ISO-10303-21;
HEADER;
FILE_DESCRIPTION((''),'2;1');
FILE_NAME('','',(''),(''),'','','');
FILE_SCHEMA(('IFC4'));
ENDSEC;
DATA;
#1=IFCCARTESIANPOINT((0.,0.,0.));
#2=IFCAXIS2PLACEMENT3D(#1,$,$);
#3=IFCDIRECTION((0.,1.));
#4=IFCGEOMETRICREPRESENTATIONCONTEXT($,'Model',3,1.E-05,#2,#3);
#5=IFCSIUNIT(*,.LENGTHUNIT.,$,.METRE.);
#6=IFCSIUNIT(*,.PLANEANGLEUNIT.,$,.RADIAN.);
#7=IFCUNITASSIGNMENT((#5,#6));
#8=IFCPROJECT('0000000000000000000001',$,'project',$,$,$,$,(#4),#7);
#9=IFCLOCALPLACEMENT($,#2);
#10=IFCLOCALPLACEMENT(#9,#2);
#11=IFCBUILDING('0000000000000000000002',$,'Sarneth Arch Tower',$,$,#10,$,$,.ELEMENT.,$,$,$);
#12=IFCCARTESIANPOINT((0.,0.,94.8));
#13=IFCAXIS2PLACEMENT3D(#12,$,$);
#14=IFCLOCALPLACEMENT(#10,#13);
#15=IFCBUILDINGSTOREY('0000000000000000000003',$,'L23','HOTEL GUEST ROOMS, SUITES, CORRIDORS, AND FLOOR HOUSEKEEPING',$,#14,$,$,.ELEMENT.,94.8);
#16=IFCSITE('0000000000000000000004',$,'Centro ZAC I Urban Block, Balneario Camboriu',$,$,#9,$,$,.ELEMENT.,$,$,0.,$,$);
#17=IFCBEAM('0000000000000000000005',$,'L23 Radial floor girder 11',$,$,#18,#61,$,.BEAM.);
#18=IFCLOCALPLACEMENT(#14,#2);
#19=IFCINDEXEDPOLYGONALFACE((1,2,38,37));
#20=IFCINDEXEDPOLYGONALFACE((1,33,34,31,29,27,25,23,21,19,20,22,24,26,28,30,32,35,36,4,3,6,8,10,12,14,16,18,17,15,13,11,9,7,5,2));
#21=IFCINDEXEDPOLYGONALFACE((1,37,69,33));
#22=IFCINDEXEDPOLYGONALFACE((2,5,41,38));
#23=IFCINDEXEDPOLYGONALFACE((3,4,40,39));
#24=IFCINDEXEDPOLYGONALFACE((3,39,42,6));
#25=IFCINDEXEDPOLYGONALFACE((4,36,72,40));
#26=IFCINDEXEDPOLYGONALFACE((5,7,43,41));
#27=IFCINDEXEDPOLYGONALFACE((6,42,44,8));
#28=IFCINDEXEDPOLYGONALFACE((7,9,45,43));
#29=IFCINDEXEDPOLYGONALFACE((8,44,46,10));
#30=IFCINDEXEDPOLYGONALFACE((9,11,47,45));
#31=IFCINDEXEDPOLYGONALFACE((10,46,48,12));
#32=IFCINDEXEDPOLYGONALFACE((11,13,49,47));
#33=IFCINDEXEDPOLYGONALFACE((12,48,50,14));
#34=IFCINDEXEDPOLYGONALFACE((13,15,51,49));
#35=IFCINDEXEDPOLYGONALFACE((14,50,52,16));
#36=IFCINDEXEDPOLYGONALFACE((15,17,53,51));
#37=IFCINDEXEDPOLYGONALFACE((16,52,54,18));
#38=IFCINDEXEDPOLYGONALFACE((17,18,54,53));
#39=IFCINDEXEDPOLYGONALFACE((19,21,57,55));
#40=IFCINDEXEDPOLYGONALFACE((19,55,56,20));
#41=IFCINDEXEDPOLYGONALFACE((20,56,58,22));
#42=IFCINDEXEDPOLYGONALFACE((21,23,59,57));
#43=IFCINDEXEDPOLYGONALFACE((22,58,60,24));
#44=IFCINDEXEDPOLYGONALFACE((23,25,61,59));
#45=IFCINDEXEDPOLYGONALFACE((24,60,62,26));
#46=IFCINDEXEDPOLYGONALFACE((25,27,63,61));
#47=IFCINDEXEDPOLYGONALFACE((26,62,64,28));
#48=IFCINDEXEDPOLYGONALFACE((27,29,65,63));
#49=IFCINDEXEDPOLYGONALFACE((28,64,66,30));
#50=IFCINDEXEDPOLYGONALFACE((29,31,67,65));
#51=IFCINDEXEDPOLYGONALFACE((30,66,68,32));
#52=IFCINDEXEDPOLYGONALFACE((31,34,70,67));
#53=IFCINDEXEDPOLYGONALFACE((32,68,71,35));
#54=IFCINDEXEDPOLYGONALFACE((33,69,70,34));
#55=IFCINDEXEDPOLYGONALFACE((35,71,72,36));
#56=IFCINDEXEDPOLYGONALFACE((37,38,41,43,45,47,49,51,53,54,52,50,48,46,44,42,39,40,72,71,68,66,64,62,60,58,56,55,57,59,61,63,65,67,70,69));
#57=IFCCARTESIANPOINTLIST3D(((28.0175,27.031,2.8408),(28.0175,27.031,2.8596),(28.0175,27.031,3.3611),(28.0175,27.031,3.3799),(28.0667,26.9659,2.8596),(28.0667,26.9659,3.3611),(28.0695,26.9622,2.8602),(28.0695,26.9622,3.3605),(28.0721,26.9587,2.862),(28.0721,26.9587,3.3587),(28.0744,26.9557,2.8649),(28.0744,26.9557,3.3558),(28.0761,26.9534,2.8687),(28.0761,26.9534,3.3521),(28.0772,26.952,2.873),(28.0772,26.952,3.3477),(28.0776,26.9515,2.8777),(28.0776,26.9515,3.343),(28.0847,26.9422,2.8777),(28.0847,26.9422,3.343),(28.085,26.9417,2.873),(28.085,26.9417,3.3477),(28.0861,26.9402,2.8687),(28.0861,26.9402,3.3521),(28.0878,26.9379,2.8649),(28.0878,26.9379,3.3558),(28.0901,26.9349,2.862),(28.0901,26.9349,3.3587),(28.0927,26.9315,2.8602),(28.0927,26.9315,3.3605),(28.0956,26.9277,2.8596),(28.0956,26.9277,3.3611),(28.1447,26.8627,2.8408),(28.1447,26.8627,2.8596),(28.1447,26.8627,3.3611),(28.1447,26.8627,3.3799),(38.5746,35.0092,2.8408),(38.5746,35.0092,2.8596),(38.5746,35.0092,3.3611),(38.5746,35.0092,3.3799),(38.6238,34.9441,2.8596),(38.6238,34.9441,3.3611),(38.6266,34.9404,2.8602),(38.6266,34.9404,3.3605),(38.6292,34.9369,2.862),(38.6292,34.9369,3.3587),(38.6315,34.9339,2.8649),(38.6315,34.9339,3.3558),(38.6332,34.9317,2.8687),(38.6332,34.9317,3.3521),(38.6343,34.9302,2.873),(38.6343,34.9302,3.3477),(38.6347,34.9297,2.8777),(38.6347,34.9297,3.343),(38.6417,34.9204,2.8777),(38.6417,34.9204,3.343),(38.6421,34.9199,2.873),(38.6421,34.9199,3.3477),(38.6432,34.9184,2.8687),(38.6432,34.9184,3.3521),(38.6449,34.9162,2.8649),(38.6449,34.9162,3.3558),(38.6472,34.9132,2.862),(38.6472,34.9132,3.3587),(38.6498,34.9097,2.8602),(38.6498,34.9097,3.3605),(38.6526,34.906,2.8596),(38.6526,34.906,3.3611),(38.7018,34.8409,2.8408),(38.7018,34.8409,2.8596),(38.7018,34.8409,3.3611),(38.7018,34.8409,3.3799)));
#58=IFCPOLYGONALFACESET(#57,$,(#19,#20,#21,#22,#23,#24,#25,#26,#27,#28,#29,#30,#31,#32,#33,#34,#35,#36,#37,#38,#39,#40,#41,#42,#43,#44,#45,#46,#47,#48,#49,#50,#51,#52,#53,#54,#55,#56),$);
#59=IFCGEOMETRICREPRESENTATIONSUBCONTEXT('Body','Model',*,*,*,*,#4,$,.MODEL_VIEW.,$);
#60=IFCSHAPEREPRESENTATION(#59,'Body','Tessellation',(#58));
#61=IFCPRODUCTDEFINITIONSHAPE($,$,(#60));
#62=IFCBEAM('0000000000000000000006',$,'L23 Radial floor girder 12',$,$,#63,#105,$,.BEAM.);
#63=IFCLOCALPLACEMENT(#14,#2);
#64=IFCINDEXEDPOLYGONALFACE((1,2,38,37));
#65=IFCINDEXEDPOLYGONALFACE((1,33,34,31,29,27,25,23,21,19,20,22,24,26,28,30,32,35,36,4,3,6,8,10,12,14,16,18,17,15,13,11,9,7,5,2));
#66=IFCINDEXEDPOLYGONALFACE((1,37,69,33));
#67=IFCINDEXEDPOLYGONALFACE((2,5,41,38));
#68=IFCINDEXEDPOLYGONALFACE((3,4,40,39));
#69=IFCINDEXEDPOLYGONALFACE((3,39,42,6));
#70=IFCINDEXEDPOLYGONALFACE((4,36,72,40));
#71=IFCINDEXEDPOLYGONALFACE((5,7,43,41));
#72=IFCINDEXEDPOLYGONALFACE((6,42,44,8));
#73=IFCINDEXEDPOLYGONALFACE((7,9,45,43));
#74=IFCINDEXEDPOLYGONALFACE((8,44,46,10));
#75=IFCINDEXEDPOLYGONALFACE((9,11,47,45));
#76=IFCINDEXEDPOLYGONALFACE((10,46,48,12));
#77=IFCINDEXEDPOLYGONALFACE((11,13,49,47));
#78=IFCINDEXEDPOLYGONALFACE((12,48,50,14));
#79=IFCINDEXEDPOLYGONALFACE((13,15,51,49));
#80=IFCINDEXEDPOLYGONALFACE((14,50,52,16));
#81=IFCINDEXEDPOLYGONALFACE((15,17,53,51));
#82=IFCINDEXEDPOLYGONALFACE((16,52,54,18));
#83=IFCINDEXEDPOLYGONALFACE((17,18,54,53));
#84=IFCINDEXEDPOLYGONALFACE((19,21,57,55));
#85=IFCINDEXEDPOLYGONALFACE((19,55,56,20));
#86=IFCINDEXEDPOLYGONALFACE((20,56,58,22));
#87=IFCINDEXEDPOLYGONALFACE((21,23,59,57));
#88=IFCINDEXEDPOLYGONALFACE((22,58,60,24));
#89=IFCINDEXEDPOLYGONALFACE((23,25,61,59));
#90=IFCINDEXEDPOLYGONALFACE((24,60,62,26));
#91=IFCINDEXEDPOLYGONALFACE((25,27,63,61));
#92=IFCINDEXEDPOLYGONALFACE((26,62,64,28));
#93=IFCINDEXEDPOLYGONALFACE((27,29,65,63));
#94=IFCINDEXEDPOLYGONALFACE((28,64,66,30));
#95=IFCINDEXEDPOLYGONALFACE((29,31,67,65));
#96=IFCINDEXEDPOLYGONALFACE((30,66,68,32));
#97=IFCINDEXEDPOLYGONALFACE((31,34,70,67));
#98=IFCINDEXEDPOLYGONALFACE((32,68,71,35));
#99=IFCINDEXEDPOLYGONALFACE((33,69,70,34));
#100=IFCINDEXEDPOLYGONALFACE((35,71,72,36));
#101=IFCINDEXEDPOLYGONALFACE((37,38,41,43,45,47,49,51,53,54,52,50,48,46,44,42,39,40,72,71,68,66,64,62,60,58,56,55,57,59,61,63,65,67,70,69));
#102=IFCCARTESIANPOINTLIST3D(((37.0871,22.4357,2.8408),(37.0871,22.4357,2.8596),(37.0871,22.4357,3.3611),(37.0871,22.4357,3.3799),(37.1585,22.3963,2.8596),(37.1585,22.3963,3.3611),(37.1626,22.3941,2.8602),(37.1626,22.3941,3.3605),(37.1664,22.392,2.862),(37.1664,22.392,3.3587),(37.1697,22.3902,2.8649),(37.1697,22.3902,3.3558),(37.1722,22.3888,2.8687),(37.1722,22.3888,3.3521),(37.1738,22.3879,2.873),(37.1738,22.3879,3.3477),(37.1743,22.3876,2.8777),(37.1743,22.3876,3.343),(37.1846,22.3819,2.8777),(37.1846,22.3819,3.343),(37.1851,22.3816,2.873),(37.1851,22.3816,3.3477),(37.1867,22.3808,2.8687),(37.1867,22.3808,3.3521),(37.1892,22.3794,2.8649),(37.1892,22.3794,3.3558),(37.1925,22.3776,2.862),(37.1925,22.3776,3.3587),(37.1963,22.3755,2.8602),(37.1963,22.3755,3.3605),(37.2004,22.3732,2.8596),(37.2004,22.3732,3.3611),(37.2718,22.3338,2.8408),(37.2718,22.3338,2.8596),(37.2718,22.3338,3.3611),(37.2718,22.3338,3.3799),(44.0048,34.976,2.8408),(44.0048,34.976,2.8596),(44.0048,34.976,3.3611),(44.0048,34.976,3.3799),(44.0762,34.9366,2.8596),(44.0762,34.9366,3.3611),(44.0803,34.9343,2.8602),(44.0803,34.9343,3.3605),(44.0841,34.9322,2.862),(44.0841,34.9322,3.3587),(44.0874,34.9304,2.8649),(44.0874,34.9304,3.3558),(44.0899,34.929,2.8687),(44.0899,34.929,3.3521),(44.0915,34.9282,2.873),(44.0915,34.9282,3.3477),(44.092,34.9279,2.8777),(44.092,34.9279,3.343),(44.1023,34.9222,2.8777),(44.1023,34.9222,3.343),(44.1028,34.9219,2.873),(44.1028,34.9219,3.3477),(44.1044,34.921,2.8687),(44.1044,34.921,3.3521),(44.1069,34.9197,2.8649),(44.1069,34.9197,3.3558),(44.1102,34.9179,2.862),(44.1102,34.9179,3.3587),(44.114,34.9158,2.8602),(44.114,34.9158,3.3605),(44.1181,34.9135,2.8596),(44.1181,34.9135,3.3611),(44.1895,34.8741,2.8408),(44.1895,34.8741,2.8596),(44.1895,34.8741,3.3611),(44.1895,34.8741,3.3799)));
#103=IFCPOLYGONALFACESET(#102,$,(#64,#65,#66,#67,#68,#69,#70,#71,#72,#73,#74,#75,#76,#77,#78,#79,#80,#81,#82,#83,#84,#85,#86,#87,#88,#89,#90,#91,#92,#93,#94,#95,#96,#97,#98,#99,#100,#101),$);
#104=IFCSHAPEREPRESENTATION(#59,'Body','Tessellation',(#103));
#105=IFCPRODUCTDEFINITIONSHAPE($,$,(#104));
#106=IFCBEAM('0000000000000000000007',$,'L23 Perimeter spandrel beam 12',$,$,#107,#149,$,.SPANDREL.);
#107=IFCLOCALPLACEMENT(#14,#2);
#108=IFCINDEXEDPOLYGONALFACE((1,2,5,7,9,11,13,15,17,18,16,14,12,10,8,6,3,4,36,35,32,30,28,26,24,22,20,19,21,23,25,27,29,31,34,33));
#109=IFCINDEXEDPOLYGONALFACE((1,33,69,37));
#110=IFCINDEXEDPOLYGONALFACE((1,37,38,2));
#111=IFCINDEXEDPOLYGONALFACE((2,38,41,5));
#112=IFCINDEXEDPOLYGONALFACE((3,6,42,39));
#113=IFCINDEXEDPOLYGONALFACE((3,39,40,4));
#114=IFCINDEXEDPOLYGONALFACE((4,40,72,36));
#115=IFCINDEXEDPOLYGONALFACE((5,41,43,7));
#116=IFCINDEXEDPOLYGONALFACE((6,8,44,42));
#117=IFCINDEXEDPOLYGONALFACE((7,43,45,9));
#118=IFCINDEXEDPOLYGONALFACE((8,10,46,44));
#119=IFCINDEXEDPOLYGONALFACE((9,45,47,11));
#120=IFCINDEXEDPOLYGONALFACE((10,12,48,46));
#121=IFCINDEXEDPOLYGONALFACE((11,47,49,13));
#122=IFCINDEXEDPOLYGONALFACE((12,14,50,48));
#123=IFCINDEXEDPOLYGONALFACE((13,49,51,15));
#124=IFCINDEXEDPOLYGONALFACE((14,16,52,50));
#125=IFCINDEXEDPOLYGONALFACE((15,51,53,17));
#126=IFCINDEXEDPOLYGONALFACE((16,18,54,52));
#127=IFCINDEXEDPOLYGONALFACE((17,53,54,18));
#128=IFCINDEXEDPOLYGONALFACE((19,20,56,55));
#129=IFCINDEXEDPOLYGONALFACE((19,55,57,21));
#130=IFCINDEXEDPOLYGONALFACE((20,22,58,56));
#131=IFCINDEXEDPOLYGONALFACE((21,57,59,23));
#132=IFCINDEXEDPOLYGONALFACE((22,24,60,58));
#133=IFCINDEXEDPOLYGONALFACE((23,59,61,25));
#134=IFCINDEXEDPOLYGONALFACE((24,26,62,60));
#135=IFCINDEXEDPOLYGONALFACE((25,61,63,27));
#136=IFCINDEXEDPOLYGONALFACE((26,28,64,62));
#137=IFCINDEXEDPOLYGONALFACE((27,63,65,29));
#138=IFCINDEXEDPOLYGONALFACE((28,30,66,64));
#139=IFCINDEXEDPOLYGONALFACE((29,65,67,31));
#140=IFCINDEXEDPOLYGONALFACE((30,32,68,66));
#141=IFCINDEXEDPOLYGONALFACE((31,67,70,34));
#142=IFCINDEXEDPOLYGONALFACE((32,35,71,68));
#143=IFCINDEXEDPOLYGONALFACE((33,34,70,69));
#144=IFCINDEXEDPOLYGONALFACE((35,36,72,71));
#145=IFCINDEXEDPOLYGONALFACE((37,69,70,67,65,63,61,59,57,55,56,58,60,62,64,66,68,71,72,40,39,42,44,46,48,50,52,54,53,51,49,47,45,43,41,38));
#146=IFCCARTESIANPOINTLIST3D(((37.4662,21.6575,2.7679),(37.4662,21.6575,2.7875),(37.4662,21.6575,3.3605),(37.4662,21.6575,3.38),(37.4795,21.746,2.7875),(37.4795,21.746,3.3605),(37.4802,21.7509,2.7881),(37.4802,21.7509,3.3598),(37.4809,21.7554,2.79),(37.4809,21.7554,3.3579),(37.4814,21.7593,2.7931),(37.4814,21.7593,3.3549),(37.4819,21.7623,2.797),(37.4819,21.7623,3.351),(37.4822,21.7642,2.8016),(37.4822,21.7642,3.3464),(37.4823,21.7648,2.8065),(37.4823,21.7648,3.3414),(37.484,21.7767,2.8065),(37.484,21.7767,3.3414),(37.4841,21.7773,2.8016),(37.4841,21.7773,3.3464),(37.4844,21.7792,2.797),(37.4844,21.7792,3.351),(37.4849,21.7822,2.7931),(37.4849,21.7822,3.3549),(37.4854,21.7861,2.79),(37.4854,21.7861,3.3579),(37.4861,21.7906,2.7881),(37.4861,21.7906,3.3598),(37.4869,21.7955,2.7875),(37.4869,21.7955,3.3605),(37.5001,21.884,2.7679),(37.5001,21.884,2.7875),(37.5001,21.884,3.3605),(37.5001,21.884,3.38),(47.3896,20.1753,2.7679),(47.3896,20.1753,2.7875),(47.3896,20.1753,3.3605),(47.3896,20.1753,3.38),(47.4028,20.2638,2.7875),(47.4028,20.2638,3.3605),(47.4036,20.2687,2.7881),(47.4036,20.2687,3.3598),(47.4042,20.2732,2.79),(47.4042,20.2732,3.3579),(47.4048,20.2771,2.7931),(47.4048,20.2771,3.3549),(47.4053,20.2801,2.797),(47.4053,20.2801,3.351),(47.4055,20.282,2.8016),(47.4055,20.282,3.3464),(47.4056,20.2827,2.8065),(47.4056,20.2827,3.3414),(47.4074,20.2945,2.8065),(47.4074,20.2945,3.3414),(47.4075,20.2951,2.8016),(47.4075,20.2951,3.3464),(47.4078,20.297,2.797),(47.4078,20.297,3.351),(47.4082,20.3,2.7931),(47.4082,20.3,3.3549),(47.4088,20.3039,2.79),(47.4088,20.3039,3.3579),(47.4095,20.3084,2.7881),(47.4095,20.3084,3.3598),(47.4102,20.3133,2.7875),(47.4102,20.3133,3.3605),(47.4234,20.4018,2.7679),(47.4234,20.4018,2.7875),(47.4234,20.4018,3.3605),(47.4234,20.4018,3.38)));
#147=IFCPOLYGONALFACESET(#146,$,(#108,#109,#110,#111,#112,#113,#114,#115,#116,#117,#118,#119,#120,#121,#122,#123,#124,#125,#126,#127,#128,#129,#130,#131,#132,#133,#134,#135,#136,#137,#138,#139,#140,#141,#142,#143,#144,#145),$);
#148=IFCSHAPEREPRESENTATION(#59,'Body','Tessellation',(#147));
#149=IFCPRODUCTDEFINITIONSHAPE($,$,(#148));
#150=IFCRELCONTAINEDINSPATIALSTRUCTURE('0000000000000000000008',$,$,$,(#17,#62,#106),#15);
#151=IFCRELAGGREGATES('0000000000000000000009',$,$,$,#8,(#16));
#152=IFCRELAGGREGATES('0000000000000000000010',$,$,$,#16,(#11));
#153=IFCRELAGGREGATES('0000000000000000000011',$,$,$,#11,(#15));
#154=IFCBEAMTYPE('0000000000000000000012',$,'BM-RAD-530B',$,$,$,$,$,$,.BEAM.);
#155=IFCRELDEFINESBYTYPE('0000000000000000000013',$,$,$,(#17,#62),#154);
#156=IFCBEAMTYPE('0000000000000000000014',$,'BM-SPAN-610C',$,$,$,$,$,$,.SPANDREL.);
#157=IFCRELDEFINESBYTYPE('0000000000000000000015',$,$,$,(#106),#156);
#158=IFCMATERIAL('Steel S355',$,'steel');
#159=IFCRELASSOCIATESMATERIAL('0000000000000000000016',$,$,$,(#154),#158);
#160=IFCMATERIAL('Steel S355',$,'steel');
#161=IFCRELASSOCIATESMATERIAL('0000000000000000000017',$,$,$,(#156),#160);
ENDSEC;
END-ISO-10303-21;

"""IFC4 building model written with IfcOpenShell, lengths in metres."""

from ifc_helpers import new_model, si_unit, direction, frame, origin, origin_2d, place, context, subcontext, project, spatial, i_section, extrude, material, material_profile, profile_set, type_object, element, save


model = new_model("IFC4")

# Units and contexts
model_context = context("Model", 3, precision=1e-05, world=origin(), true_north=direction((0.0, 1.0)))
body_context = subcontext(model_context, "Body", "Model", "MODEL_VIEW")
ifc_project = project(units=[si_unit("LENGTHUNIT", "METRE"), si_unit("PLANEANGLEUNIT", "RADIAN")], contexts=[model_context])

# Site, building, storey
site_placement = place(None, origin())
site = spatial("IfcSite", under=ifc_project, at=site_placement, Name="Centro ZAC I Urban Block, Balneario Camboriu", CompositionType="ELEMENT", RefElevation=0.0)
building_placement = place(site_placement, origin())
building = spatial("IfcBuilding", under=site, at=building_placement, Name="Sarneth Arch Tower", CompositionType="ELEMENT")
storey_placement = place(building_placement, frame((0.0, 0.0, 94.8)))
storey = spatial("IfcBuildingStorey", under=building, at=storey_placement, Name="L23", Description="HOTEL GUEST ROOMS, SUITES, CORRIDORS, AND FLOOR HOUSEKEEPING", CompositionType="ELEMENT", Elevation=94.8)

# Beams
ifc_material_1 = material(Name="Steel S355", Category="steel")
ifc_material_profile_1 = material_profile(ifc_material_1, i_section(OverallWidth=0.2109, OverallDepth=0.5391, WebThickness=0.0117, FlangeThickness=0.0188, FilletRadius=0.0181, at=origin_2d()), Name="W530x109")
ifc_profile_set_1 = profile_set([ifc_material_profile_1], Name="Steel S355")
beam_type_1 = type_object("IfcBeamType", Name="BM-RAD-530B", PredefinedType="BEAM", material=ifc_profile_set_1)
beam_1_placement = place(storey_placement, frame((38.6382, 34.925, 3.1104), z_axis=(-0.797803, -0.602918, 0.0), x_axis=(0.602918, -0.797803, 0.0)))
element("IfcBeam", 1, at=beam_1_placement, inside=storey, type_object=beam_type_1, Name="L23 Radial floor girder 11", PredefinedType="BEAM", context=body_context, shape_type="SweptSolid", body=[
    extrude(i_section(OverallWidth=0.2109, OverallDepth=0.5391, WebThickness=0.0117, FlangeThickness=0.0188, FilletRadius=0.0181, at=origin_2d()), origin(), (0.0, 0.0, 1.0), 13.2327),
])
beam_2_placement = place(storey_placement, frame((44.0972, 34.925, 3.1104), z_axis=(-0.483021, -0.875609, 0.0), x_axis=(0.875609, -0.483021, 0.0)))
element("IfcBeam", 2, at=beam_2_placement, inside=storey, type_object=beam_type_1, Name="L23 Radial floor girder 12", PredefinedType="BEAM", context=body_context, shape_type="SweptSolid", body=[
    extrude(i_section(OverallWidth=0.2109, OverallDepth=0.5391, WebThickness=0.0117, FlangeThickness=0.0188, FilletRadius=0.0181, at=origin_2d()), origin(), (0.0, 0.0, 1.0), 14.3218),
])
ifc_material_2 = material(Name="Steel S355", Category="steel")
ifc_material_profile_2 = material_profile(ifc_material_2, i_section(OverallWidth=0.229, OverallDepth=0.6121, WebThickness=0.012, FlangeThickness=0.0195, FilletRadius=0.019, at=origin_2d()), Name="W610x125")
ifc_profile_set_2 = profile_set([ifc_material_profile_2], Name="Steel S355")
beam_type_2 = type_object("IfcBeamType", Name="BM-SPAN-610C", PredefinedType="SPANDREL", material=ifc_profile_set_2)
beam_3_placement = place(storey_placement, frame((37.4832, 21.7708, 3.074), z_axis=(0.989029, -0.147724, 0.0), x_axis=(0.147724, 0.989029, 0.0)))
element("IfcBeam", 3, at=beam_3_placement, inside=storey, type_object=beam_type_2, Name="L23 Perimeter spandrel beam 12", PredefinedType="SPANDREL", context=body_context, shape_type="SweptSolid", body=[
    extrude(i_section(OverallWidth=0.229, OverallDepth=0.6121, WebThickness=0.012, FlangeThickness=0.0195, FilletRadius=0.019, at=origin_2d()), origin(), (0.0, 0.0, 1.0), 10.0334),
])

save(model, "model.ifc")
